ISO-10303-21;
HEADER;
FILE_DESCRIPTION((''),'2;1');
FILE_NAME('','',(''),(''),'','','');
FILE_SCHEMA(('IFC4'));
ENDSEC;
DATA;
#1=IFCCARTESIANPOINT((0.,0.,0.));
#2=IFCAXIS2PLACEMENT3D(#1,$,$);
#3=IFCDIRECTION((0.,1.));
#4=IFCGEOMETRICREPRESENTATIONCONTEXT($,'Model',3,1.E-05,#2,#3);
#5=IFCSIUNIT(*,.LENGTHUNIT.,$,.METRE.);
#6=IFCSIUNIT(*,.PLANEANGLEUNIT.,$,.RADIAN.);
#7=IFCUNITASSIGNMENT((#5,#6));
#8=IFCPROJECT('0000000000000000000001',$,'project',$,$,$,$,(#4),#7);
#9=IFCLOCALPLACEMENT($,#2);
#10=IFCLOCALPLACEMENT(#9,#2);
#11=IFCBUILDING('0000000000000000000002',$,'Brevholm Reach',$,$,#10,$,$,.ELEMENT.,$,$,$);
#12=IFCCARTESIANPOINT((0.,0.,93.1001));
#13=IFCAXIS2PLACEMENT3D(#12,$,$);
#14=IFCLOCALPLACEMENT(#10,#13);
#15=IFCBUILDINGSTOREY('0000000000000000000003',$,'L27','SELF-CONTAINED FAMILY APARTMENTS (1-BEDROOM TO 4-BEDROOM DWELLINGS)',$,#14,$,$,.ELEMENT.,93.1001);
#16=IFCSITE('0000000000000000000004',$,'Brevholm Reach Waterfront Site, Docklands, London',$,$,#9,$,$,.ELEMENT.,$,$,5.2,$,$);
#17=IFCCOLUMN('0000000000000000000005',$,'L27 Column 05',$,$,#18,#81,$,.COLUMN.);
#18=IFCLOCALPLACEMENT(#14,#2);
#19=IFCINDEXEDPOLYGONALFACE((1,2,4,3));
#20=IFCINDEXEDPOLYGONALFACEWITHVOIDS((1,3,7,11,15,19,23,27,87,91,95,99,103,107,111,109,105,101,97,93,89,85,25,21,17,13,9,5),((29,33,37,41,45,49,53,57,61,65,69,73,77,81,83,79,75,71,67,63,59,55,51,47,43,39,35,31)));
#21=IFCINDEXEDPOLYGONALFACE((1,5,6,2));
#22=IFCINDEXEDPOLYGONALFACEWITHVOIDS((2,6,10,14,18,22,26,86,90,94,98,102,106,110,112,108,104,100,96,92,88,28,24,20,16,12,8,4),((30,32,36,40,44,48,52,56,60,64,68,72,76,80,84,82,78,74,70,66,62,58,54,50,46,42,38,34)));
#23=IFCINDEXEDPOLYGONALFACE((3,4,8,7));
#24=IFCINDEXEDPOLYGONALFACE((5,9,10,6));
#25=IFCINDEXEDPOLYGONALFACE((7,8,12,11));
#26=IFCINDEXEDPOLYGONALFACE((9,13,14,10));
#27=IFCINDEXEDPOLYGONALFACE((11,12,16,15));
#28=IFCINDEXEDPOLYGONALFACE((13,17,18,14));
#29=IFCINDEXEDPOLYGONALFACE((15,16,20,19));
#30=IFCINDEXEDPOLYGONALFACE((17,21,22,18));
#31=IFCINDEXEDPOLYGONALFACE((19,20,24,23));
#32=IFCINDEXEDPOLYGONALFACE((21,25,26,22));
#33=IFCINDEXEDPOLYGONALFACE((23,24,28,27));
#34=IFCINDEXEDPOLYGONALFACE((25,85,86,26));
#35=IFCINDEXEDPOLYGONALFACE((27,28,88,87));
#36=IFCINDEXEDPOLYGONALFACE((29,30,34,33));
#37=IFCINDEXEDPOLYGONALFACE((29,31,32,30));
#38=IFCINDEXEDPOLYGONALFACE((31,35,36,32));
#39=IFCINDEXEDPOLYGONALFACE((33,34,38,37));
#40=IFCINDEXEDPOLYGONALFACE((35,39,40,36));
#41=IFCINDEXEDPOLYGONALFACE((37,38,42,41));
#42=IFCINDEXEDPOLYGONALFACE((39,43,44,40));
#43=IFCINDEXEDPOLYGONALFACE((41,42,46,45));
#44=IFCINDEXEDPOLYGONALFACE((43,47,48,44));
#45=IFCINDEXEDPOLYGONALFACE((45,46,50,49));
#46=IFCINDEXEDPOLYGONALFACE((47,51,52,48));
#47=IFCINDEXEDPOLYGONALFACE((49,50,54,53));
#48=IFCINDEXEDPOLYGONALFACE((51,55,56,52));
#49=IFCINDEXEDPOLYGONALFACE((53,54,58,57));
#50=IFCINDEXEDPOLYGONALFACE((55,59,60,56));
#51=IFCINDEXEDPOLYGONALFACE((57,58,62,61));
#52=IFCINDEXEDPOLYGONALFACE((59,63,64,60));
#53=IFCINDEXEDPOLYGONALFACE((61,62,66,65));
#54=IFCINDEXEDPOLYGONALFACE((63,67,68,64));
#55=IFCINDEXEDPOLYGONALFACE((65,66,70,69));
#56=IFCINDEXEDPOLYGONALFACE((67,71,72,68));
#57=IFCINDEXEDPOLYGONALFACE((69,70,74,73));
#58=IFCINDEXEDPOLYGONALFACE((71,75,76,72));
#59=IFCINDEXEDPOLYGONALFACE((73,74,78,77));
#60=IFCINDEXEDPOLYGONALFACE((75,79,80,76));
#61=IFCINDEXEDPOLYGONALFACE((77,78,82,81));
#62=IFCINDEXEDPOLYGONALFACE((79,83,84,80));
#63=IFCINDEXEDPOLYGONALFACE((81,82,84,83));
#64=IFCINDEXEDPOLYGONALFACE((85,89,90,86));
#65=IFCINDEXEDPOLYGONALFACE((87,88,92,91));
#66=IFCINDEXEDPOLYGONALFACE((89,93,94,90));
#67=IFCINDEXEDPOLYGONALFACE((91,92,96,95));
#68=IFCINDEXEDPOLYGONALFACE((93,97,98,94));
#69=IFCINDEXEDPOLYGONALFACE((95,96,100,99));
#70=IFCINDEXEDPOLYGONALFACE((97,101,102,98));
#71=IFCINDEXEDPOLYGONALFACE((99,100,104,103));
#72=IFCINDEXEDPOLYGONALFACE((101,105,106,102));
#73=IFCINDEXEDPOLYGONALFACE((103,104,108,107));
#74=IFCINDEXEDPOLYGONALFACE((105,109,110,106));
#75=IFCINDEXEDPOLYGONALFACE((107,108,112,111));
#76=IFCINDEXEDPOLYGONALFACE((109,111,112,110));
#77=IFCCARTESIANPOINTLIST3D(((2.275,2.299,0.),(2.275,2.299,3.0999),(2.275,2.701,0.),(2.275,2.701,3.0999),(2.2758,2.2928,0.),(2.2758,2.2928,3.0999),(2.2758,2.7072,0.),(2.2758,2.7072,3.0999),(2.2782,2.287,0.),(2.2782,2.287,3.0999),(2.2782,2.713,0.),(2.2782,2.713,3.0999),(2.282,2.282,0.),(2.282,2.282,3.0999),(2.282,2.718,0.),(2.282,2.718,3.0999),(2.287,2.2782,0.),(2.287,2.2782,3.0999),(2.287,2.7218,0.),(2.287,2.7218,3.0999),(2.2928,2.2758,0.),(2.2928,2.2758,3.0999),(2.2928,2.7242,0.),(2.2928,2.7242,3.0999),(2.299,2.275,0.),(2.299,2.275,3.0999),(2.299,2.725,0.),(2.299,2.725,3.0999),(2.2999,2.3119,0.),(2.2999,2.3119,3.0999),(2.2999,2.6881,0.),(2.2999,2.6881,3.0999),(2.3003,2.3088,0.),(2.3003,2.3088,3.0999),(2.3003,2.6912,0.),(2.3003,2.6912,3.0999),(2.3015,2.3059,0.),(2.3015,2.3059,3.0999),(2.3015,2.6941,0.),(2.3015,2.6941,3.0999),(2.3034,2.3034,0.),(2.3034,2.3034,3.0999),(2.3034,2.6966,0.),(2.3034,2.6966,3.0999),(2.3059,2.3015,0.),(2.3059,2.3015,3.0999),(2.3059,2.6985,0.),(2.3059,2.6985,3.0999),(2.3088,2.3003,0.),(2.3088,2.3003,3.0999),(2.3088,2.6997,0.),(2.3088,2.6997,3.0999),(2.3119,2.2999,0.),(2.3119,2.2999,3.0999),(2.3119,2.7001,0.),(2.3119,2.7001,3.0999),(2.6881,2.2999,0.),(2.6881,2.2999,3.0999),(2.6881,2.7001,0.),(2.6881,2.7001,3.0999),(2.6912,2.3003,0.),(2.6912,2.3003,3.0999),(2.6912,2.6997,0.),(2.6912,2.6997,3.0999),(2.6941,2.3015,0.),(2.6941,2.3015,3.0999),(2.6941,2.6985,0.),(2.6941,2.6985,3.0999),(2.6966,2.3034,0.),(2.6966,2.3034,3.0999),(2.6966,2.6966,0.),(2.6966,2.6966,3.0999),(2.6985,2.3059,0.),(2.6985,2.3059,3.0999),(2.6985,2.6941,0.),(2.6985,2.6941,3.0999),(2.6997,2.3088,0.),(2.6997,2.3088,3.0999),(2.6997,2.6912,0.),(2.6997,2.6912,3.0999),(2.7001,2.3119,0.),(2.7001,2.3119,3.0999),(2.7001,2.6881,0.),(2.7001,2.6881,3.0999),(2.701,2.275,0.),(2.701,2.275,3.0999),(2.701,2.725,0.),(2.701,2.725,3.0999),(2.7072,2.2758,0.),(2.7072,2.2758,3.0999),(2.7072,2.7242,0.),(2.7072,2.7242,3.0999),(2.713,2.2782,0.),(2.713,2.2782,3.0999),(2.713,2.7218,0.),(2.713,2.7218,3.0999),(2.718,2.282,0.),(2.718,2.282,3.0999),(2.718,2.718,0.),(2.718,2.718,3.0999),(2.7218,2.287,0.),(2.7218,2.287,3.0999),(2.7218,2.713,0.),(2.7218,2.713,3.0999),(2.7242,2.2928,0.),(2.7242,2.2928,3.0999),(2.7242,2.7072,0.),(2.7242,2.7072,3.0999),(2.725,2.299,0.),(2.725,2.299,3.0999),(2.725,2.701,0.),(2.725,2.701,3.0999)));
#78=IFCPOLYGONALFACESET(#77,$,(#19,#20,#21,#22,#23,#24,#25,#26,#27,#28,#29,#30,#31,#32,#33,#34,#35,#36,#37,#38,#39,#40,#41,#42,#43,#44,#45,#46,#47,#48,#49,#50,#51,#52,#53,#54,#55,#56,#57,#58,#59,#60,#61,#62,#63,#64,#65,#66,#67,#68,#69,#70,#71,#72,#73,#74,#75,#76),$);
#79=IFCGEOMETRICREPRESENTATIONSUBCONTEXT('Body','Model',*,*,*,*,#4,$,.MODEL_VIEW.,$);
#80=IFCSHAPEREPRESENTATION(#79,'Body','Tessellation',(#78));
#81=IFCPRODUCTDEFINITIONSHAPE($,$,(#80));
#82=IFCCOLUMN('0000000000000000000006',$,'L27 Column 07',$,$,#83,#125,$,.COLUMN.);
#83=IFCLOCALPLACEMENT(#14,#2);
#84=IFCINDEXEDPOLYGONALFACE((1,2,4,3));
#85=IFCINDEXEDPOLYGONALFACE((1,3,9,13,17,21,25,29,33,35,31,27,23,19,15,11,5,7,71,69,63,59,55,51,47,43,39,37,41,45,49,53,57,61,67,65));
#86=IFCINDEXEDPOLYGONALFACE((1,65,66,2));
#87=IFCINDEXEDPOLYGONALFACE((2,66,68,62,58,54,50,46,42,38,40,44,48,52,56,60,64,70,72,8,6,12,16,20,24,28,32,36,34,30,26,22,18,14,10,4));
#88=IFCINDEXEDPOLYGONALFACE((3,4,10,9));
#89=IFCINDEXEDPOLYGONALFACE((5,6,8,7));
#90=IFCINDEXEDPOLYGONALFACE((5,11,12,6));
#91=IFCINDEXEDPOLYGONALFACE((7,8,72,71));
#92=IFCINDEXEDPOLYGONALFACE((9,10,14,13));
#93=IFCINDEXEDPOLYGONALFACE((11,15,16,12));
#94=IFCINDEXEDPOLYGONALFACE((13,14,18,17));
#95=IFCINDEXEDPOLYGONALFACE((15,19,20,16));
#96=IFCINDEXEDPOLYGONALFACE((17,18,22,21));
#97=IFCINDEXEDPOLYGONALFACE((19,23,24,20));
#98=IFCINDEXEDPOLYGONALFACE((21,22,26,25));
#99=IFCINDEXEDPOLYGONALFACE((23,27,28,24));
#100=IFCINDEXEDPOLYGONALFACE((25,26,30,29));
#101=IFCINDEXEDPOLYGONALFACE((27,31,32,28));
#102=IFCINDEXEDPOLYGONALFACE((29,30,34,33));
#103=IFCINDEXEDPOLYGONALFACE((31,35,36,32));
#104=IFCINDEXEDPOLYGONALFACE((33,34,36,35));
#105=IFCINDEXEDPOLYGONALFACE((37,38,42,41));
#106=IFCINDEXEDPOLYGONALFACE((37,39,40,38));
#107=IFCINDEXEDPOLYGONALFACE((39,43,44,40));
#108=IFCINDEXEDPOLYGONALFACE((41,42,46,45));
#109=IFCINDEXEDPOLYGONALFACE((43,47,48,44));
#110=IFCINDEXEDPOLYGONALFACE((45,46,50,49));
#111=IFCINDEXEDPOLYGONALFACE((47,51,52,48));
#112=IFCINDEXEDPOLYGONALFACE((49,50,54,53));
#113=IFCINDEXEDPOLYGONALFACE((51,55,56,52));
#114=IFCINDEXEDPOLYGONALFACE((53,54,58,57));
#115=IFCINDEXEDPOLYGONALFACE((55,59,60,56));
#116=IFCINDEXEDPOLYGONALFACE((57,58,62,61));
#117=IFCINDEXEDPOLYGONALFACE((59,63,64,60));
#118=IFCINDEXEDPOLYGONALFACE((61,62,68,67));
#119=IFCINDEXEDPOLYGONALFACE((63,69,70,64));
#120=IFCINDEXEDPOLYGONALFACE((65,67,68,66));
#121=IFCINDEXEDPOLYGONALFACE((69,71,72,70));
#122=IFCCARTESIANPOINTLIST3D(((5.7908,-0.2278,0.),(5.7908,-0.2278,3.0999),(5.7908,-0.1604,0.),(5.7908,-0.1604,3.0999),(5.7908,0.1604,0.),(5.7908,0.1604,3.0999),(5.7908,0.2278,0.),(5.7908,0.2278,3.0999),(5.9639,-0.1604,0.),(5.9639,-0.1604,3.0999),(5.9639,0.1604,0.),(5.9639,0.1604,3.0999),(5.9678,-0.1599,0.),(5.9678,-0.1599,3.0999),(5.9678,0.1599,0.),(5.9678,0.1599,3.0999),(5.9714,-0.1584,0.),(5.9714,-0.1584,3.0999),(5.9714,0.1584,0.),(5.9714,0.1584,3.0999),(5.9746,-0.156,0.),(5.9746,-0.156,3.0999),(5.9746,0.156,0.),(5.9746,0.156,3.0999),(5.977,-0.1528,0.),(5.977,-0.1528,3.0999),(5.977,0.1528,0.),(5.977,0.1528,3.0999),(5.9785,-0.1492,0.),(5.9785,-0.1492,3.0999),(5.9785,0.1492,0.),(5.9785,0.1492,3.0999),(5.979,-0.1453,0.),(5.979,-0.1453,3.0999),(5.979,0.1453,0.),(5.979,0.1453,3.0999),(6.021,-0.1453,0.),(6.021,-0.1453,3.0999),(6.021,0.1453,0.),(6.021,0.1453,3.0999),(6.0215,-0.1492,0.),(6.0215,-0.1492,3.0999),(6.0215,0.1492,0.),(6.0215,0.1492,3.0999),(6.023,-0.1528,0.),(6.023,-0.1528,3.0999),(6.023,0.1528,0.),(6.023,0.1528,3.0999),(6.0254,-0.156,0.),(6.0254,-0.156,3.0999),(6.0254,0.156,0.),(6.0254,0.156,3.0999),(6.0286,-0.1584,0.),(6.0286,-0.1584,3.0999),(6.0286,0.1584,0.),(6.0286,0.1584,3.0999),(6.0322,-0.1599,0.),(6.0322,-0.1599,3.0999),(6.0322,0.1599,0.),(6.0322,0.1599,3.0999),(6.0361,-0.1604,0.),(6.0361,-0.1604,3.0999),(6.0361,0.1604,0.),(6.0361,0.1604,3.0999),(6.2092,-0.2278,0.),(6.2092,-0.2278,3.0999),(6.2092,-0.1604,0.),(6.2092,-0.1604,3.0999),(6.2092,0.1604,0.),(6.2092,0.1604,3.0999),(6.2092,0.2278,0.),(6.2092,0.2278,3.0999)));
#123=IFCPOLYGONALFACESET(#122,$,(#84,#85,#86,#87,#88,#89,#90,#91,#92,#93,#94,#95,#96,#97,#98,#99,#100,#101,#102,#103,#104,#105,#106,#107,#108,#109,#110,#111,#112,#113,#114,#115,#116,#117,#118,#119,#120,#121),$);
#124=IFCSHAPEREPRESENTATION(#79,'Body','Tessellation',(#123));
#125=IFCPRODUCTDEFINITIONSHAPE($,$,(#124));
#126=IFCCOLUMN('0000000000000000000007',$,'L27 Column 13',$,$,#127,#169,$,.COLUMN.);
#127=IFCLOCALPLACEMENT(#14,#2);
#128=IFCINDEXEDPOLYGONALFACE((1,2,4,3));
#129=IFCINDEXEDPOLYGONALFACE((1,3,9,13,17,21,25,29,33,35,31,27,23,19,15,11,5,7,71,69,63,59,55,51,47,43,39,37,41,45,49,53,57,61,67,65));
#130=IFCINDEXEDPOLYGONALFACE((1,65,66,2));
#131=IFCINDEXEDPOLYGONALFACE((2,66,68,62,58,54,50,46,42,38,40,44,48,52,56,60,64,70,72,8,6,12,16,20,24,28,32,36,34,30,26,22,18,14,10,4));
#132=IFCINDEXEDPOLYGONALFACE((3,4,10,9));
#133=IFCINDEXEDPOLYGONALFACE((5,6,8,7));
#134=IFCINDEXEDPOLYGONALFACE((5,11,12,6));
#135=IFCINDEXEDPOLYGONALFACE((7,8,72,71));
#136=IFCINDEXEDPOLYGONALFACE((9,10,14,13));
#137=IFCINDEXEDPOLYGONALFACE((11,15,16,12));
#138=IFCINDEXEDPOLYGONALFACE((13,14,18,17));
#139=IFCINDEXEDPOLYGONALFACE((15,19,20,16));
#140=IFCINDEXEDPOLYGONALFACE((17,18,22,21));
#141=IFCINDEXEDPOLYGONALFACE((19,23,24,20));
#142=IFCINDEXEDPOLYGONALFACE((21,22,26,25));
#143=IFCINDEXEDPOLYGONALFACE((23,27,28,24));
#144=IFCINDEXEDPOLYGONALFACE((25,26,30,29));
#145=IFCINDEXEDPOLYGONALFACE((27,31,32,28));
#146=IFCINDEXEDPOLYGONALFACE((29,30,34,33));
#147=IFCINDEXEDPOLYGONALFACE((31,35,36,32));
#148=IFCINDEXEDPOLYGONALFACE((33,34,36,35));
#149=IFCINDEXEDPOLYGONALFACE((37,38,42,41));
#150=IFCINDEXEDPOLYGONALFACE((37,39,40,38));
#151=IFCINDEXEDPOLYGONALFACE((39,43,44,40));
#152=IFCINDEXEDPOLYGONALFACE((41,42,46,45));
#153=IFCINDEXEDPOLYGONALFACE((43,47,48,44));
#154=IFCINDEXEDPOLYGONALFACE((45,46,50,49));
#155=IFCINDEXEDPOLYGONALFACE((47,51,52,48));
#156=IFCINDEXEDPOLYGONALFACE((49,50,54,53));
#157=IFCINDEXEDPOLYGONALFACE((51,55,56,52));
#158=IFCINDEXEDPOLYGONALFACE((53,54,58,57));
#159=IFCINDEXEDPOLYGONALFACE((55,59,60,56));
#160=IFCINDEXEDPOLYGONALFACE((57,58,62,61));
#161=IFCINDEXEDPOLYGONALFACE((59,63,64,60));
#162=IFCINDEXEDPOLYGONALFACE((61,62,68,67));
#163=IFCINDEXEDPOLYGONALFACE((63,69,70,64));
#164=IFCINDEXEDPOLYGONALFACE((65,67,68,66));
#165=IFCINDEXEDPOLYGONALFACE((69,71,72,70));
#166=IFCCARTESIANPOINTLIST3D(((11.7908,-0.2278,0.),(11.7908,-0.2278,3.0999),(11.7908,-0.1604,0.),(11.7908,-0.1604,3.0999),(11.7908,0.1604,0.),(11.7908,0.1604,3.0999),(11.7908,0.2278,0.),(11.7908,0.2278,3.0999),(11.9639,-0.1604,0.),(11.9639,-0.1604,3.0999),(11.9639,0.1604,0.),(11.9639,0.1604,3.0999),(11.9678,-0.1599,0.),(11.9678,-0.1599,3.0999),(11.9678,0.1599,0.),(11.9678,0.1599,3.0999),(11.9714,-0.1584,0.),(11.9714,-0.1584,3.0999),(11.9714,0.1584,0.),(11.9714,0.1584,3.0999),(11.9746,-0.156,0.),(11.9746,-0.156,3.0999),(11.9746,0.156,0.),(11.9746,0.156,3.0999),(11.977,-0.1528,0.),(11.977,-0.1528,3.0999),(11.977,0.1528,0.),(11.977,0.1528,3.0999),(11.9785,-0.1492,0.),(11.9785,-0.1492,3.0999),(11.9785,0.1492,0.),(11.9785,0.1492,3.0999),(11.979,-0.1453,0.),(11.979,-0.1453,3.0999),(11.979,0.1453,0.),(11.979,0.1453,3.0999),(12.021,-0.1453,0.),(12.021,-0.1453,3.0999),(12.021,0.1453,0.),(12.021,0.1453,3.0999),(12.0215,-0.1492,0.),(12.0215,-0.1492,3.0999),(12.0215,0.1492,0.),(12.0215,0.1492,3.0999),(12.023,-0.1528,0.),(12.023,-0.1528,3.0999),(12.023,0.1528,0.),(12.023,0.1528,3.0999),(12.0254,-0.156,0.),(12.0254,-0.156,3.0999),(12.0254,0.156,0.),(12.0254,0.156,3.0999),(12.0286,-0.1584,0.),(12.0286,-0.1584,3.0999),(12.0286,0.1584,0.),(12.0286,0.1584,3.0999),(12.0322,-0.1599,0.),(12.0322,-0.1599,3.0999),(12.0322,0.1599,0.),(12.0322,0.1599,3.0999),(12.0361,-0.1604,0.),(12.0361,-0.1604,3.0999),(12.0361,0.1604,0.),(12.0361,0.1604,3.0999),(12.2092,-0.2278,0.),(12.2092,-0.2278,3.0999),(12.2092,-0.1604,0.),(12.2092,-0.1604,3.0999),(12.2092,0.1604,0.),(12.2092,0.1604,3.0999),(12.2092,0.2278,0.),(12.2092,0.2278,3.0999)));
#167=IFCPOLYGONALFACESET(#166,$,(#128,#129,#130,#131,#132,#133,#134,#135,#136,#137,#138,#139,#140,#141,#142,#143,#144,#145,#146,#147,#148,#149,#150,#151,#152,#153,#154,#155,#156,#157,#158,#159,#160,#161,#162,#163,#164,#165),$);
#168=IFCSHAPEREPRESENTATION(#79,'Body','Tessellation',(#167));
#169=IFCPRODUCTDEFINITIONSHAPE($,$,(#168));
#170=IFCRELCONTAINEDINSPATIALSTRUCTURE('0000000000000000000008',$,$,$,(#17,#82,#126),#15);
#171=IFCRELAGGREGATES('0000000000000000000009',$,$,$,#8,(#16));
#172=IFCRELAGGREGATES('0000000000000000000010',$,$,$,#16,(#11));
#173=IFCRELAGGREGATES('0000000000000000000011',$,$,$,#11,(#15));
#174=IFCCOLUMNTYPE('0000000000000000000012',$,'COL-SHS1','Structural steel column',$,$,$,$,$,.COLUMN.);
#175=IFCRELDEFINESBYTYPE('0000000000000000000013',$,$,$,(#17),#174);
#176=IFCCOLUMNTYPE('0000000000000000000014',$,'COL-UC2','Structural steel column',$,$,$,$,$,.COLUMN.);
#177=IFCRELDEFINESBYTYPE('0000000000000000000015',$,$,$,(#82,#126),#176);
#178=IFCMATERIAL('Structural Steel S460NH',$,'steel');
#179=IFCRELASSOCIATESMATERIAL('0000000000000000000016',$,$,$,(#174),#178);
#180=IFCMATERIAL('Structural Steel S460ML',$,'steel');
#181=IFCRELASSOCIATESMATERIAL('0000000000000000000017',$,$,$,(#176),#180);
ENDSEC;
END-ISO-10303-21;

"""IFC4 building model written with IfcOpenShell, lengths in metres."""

from ifc_helpers import new_model, si_unit, direction, frame, origin, origin_2d, place, context, subcontext, project, spatial, hollow_rectangle, i_section, extrude, material, material_profile, profile_set, type_object, element, save


model = new_model("IFC4")

# Units and contexts
model_context = context("Model", 3, precision=1e-05, world=origin(), true_north=direction((0.0, 1.0)))
body_context = subcontext(model_context, "Body", "Model", "MODEL_VIEW")
ifc_project = project(units=[si_unit("LENGTHUNIT", "METRE"), si_unit("PLANEANGLEUNIT", "RADIAN")], contexts=[model_context])

# Site, building, storey
site_placement = place(None, origin())
site = spatial("IfcSite", under=ifc_project, at=site_placement, Name="Brevholm Reach Waterfront Site, Docklands, London", CompositionType="ELEMENT", RefElevation=5.2)
building_placement = place(site_placement, origin())
building = spatial("IfcBuilding", under=site, at=building_placement, Name="Brevholm Reach", CompositionType="ELEMENT")
storey_placement = place(building_placement, frame((0.0, 0.0, 93.1001)))
storey = spatial("IfcBuildingStorey", under=building, at=storey_placement, Name="L27", Description="SELF-CONTAINED FAMILY APARTMENTS (1-BEDROOM TO 4-BEDROOM DWELLINGS)", CompositionType="ELEMENT", Elevation=93.1001)

# Columns
ifc_material_1 = material(Name="Structural Steel S460NH", Category="steel")
ifc_material_profile_1 = material_profile(ifc_material_1, hollow_rectangle(XDim=0.45, YDim=0.45, WallThickness=0.0249, InnerFilletRadius=0.012, OuterFilletRadius=0.0239, at=origin_2d()), Name="SHS 450x450x25")
ifc_profile_set_1 = profile_set([ifc_material_profile_1], Name="Structural Steel S460NH")
column_type_1 = type_object("IfcColumnType", Name="COL-SHS1", Description="Structural steel column", PredefinedType="COLUMN", material=ifc_profile_set_1)
column_placement = place(storey_placement, frame((2.5, 2.5, 0.0), z_axis=(0.0, 0.0, 1.0), x_axis=(1.0, 0.0, 0.0)))
element("IfcColumn", 1, at=column_placement, inside=storey, type_object=column_type_1, Name="L27 Column 05", PredefinedType="COLUMN", context=body_context, shape_type="SweptSolid", body=[
    extrude(hollow_rectangle(XDim=0.45, YDim=0.45, WallThickness=0.0249, InnerFilletRadius=0.012, OuterFilletRadius=0.0239, at=origin_2d()), origin(), (0.0, 0.0, 1.0), 3.0999),
])
ifc_material_2 = material(Name="Structural Steel S460ML", Category="steel")
ifc_material_profile_2 = material_profile(ifc_material_2, i_section(OverallWidth=0.4185, OverallDepth=0.4556, WebThickness=0.042, FlangeThickness=0.0674, FilletRadius=0.0151, at=origin_2d()), Name="UKC 356x406x551")
ifc_profile_set_2 = profile_set([ifc_material_profile_2], Name="Structural Steel S460ML")
column_type_2 = type_object("IfcColumnType", Name="COL-UC2", Description="Structural steel column", PredefinedType="COLUMN", material=ifc_profile_set_2)
for number, where, z_axis, x_axis, name in (
    (2, (6.0, 0.0, 0.0), (0.0, 0.0, 1.0), (1.0, 0.0, 0.0), "L27 Column 07"),
    (3, (12.0, 0.0, 0.0), (0.0, 0.0, 1.0), (1.0, 0.0, 0.0), "L27 Column 13"),
):
    element("IfcColumn", number, at=place(storey_placement, frame(where, z_axis=z_axis, x_axis=x_axis)), inside=storey, type_object=column_type_2, Name=name, PredefinedType="COLUMN", context=body_context, shape_type="SweptSolid", body=[
        extrude(i_section(OverallWidth=0.4185, OverallDepth=0.4556, WebThickness=0.042, FlangeThickness=0.0674, FilletRadius=0.0151, at=origin_2d()), origin(), (0.0, 0.0, 1.0), 3.0999),
    ])

save(model, "model.ifc")
